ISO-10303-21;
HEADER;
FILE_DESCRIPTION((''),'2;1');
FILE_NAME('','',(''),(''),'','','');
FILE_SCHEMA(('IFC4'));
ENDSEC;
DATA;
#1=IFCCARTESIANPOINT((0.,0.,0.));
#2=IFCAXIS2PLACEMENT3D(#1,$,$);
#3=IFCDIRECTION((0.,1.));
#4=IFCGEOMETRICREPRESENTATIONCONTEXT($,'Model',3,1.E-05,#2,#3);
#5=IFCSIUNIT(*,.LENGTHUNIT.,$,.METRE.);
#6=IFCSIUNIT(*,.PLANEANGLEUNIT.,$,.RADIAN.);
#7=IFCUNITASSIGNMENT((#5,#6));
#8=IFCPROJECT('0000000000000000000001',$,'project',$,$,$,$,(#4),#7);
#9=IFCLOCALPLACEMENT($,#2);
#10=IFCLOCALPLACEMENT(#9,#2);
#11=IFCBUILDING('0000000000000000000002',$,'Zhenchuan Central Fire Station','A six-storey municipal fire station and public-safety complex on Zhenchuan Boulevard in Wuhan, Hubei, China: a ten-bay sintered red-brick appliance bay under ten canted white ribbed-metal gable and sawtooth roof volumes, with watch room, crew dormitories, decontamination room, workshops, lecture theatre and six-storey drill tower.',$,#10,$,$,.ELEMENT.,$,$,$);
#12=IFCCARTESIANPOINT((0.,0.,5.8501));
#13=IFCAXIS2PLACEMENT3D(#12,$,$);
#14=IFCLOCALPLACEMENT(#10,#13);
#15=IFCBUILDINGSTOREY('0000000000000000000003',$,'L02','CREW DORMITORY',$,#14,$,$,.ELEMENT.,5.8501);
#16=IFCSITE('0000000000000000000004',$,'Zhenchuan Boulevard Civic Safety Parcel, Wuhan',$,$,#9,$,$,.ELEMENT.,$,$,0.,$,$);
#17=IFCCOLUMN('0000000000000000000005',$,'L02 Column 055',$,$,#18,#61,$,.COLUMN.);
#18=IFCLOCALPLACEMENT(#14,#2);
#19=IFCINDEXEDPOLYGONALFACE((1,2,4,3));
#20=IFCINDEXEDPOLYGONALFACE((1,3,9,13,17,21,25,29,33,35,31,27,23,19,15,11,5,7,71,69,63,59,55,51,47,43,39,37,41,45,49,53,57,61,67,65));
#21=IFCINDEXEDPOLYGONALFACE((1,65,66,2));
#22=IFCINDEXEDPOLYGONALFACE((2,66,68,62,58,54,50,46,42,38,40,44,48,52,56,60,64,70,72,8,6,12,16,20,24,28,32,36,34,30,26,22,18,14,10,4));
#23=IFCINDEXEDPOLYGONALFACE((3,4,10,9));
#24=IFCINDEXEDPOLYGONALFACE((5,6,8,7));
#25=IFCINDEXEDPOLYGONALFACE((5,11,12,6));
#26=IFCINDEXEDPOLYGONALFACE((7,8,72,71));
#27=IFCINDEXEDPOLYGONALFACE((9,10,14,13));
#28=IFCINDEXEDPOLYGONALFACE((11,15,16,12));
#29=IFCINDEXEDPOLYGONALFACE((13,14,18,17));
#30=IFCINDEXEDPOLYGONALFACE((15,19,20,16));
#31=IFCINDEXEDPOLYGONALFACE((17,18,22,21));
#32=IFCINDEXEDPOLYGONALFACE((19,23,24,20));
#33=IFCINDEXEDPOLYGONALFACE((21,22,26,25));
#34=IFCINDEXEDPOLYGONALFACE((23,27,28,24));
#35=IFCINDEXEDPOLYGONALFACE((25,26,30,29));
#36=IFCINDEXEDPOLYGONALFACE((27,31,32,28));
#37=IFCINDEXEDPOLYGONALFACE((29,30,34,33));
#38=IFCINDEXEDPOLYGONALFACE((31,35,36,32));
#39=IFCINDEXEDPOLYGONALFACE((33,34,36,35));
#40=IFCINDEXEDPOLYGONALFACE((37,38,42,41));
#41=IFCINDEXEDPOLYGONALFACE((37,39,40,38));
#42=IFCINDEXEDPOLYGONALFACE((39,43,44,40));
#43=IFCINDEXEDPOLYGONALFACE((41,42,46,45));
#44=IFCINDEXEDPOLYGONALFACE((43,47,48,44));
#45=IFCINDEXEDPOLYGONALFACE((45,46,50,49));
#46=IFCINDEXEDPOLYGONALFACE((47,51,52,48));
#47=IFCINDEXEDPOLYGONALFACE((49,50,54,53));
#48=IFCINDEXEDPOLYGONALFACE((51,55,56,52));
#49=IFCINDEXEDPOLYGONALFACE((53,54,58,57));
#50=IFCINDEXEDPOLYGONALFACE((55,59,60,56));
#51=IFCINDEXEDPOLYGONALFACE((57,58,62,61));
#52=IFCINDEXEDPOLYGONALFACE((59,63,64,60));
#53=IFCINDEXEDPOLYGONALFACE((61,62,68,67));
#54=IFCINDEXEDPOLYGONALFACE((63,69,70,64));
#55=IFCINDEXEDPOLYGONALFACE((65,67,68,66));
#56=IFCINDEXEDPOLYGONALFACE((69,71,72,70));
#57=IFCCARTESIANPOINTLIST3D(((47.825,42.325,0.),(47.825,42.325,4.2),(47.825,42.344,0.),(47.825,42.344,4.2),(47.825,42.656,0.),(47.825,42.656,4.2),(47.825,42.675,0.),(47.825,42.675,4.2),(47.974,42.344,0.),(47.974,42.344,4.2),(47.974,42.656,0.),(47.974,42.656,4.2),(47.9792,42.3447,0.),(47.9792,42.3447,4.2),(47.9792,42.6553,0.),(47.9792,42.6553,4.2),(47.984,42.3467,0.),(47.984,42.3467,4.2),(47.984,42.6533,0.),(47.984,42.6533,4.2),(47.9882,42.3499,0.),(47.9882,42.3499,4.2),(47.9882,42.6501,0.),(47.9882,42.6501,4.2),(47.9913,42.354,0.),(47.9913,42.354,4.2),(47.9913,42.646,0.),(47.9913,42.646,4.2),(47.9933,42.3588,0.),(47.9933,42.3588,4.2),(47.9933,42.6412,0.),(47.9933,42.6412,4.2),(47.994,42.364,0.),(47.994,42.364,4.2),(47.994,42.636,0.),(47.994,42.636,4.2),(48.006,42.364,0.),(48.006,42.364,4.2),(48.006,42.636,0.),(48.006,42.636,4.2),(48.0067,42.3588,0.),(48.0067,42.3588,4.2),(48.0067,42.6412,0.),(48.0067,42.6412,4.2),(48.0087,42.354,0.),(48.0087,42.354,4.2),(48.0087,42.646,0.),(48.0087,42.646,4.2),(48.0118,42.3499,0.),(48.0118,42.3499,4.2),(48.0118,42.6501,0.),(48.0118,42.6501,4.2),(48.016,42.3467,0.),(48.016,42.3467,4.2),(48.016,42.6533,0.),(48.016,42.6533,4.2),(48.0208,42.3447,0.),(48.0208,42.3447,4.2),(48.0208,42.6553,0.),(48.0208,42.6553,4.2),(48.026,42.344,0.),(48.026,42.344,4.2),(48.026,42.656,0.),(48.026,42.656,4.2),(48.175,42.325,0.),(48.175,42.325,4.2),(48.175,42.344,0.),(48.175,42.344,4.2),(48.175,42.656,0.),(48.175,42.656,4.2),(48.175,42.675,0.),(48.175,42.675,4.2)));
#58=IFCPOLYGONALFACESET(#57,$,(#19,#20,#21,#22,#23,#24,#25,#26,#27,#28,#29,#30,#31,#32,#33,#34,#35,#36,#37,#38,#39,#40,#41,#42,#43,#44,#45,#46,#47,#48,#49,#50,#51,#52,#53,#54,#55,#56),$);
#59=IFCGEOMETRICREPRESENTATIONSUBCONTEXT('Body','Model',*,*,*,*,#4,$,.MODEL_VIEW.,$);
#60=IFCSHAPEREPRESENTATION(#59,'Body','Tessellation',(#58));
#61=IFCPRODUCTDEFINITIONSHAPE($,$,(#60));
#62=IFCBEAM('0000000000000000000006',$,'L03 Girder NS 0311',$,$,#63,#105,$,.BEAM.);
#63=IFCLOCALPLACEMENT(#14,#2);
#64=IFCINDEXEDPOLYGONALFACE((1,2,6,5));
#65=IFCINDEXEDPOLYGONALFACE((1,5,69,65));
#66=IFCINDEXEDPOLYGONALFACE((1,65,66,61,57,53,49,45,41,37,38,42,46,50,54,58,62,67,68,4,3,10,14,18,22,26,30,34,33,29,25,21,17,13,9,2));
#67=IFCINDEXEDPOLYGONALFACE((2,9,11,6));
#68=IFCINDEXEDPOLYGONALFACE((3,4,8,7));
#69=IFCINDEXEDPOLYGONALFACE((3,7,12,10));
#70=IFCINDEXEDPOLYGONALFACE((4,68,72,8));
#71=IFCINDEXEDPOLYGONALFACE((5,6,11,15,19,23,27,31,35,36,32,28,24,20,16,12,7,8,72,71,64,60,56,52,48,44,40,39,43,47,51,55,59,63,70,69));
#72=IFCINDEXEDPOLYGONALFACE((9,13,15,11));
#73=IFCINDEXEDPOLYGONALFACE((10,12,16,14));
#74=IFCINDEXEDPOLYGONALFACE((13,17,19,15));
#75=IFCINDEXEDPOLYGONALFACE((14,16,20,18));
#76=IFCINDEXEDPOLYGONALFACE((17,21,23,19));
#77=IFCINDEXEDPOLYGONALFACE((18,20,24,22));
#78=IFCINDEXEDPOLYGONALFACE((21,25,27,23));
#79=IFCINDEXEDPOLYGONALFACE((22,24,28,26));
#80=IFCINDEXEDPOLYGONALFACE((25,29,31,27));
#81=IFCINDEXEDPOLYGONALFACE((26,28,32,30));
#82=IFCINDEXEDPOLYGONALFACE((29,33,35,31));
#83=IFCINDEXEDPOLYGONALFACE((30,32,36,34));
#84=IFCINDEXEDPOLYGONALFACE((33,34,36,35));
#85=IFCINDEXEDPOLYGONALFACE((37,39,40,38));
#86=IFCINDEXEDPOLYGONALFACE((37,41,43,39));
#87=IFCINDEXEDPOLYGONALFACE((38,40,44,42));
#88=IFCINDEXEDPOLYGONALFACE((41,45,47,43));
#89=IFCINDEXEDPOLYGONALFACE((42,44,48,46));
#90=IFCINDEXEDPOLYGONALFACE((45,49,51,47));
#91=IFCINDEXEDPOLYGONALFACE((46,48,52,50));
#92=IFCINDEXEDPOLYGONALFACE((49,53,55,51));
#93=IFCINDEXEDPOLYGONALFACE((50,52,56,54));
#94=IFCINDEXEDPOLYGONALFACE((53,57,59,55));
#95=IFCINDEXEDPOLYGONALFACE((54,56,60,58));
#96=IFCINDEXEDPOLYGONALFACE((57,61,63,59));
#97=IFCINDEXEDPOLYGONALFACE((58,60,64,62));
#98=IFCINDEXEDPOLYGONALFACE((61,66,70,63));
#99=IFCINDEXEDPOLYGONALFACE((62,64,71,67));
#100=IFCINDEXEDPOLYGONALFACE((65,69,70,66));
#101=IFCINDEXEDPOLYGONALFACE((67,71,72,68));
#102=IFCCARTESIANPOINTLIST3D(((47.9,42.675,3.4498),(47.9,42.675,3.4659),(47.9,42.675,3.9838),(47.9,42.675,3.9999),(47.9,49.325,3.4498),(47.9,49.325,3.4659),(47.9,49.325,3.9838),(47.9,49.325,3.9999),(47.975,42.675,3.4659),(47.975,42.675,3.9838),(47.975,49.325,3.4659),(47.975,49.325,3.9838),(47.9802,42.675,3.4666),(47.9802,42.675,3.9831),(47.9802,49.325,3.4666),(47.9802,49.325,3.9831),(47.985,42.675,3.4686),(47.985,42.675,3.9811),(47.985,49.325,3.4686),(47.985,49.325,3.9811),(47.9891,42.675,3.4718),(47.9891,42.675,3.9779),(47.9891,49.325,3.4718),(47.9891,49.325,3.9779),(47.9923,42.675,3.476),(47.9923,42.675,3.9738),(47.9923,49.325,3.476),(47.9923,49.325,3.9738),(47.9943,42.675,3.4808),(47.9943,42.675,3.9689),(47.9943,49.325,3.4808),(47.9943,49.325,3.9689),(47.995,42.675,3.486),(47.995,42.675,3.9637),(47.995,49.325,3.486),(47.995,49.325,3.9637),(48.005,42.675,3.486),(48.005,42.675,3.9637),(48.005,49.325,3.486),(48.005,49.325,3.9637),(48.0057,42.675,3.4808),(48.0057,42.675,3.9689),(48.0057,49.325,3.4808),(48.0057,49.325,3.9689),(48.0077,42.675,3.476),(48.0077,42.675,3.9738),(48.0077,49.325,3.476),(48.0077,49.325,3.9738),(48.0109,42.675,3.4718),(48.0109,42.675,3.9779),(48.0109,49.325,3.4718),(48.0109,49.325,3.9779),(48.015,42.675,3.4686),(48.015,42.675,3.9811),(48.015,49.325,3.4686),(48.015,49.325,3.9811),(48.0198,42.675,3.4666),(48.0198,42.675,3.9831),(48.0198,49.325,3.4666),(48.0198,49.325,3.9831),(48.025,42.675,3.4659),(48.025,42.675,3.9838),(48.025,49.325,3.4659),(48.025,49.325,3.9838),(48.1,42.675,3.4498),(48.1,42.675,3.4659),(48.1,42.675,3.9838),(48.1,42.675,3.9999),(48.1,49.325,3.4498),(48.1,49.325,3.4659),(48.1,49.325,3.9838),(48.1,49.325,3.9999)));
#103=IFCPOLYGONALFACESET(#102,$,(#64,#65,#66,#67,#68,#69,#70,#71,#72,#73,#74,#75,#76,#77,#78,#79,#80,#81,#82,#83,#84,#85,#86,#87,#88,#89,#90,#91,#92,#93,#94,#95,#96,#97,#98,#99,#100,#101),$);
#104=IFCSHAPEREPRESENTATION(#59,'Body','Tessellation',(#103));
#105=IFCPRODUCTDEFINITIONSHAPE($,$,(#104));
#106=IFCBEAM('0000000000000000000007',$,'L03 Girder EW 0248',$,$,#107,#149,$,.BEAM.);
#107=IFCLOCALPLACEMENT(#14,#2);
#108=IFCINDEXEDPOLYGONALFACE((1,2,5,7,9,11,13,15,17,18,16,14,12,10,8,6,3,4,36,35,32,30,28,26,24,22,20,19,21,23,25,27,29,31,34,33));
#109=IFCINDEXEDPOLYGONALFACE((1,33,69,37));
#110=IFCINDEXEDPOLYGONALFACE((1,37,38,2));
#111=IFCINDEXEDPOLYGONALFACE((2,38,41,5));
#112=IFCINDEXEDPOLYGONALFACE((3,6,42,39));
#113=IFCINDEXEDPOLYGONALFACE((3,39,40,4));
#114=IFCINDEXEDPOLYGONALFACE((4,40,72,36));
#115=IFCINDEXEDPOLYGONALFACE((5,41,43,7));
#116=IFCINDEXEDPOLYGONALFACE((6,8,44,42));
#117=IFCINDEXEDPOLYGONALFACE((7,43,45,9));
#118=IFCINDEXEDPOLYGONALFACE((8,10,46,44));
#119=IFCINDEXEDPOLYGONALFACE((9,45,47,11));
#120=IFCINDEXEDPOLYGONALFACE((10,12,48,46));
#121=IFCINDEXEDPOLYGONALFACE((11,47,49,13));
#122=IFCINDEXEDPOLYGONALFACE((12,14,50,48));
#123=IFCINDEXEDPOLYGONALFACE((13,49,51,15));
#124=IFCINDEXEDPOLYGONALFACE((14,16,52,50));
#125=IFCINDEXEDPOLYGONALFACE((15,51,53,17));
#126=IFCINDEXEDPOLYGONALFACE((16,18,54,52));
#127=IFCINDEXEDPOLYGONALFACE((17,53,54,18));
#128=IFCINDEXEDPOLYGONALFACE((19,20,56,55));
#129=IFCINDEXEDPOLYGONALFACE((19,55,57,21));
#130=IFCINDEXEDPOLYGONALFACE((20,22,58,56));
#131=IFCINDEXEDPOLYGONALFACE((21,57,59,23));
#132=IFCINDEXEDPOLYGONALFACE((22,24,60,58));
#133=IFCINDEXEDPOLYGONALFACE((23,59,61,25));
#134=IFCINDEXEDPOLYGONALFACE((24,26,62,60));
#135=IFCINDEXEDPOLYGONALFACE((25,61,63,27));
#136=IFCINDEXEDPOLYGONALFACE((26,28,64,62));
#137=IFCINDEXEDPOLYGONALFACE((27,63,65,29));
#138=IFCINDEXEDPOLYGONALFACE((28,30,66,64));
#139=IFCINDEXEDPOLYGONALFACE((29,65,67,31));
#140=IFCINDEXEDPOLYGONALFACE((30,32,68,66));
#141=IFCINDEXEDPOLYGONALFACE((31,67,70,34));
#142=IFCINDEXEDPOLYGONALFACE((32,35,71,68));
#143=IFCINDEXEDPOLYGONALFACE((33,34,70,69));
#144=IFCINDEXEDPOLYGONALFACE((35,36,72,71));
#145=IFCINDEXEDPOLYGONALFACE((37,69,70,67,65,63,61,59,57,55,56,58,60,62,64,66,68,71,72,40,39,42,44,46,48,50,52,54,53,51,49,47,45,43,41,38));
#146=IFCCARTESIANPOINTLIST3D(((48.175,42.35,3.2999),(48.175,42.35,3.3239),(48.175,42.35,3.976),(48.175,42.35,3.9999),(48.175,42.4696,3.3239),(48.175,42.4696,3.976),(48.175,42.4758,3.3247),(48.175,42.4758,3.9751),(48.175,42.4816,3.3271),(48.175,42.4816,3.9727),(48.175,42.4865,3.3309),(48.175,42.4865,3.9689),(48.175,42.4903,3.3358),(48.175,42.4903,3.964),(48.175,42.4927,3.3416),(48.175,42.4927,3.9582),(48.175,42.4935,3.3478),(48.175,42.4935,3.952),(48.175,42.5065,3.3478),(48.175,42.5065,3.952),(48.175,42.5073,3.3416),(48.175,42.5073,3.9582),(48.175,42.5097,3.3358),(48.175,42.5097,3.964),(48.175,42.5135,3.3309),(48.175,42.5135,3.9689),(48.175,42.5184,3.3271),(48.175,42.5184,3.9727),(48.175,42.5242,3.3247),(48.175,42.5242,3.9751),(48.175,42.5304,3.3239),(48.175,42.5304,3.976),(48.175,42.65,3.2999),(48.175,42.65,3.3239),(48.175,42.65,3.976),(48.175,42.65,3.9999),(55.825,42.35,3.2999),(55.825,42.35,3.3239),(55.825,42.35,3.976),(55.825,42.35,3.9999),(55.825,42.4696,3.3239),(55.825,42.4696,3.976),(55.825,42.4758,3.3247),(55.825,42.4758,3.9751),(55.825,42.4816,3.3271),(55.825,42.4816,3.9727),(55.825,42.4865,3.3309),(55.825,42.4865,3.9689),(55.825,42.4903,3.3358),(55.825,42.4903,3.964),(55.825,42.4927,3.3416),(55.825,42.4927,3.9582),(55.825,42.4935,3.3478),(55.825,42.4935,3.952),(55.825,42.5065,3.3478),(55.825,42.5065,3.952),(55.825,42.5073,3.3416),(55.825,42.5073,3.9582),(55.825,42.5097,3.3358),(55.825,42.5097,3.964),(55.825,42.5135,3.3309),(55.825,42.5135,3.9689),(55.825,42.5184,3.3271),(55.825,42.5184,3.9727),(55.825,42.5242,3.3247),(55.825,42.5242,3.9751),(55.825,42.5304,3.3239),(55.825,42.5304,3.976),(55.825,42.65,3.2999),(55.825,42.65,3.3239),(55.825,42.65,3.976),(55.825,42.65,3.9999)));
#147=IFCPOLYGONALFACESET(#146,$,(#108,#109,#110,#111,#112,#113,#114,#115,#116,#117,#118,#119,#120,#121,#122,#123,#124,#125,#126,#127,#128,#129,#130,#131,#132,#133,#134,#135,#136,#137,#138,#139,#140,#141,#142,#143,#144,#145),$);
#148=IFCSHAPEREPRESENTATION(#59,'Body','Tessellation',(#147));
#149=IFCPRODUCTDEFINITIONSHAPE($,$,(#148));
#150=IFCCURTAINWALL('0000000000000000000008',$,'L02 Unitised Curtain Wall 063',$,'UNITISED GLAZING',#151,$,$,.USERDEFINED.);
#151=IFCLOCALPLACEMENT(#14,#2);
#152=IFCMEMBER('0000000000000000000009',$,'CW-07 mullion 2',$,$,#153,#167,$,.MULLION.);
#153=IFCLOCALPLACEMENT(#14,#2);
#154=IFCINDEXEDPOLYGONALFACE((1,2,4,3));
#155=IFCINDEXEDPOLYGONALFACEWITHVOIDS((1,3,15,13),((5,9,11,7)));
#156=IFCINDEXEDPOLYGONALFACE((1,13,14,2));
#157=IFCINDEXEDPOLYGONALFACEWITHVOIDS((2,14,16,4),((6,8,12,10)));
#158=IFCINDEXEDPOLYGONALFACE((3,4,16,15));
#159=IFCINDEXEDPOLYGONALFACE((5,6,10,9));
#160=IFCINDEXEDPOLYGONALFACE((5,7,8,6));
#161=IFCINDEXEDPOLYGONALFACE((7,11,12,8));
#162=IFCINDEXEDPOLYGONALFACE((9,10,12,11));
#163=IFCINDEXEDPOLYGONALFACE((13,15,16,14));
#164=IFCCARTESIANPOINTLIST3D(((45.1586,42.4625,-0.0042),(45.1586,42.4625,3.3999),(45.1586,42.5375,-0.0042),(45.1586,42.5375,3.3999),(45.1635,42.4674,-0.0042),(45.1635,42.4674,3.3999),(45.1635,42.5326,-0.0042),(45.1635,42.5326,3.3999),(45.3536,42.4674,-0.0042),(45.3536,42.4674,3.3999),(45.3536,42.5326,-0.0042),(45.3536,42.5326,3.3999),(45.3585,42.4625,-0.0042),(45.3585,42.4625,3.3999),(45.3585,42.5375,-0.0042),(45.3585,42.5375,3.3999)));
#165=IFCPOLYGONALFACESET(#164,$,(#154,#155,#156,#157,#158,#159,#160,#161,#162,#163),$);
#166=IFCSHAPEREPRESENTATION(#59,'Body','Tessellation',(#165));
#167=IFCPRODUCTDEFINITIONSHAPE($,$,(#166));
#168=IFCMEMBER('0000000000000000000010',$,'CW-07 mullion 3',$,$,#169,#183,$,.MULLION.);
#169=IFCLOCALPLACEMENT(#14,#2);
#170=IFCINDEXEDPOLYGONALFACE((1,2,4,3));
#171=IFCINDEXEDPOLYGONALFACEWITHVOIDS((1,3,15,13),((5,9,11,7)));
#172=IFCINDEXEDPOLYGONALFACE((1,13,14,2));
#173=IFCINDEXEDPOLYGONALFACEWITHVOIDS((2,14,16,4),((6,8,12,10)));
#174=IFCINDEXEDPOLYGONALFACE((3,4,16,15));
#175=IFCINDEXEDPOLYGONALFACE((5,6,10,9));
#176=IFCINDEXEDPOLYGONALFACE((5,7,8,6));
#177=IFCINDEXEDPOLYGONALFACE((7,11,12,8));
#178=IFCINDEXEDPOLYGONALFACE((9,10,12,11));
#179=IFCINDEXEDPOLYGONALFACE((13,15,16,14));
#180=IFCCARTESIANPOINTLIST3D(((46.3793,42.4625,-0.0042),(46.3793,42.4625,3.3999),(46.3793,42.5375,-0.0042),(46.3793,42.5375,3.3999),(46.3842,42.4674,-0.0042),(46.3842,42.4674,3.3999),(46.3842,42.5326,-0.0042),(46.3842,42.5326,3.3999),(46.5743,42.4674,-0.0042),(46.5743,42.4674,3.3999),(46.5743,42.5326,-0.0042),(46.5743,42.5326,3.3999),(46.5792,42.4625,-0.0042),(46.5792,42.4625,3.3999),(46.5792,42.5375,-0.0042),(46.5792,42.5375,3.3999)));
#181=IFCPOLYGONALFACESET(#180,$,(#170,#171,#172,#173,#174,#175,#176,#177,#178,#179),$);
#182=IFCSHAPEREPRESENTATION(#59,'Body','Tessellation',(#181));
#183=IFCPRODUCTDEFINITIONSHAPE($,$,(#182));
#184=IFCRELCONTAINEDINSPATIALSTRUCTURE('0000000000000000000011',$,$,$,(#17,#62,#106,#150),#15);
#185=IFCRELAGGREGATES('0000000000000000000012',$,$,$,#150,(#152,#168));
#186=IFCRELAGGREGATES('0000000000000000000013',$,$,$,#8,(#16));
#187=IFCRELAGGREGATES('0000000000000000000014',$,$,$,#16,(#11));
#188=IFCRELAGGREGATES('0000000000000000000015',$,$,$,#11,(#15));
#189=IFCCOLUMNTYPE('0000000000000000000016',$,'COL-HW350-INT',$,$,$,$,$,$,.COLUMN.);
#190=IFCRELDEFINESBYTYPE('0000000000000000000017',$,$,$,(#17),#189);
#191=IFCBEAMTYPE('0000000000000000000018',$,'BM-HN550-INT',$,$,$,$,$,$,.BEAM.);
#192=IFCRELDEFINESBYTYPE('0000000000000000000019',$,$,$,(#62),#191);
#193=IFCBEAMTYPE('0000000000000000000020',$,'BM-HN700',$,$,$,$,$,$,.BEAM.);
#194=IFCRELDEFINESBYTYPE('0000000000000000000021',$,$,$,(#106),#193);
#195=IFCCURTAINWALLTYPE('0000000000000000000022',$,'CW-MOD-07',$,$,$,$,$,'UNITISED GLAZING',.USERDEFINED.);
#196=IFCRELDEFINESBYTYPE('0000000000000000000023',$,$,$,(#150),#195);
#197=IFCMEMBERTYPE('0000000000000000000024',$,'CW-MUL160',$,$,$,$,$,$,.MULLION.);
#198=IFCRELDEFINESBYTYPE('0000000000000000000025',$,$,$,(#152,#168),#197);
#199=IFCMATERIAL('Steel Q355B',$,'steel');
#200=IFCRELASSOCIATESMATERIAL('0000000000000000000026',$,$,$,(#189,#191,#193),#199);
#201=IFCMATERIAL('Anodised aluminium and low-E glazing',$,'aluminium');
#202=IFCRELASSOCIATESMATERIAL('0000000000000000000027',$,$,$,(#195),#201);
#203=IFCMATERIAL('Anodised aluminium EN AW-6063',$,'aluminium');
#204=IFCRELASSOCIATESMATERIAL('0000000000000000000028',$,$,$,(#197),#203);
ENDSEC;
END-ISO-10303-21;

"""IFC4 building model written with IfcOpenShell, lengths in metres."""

from ifc_helpers import new_model, si_unit, direction, frame, origin, origin_2d, place, context, subcontext, project, spatial, hollow_rectangle, i_section, extrude, material, material_profile, profile_set, type_object, element, aggregate, save


model = new_model("IFC4")

# Units and contexts
model_context = context("Model", 3, precision=1e-05, world=origin(), true_north=direction((0.0, 1.0)))
body_context = subcontext(model_context, "Body", "Model", "MODEL_VIEW")
ifc_project = project(units=[si_unit("LENGTHUNIT", "METRE"), si_unit("PLANEANGLEUNIT", "RADIAN")], contexts=[model_context])

# Site, building, storey
site_placement = place(None, origin())
site = spatial("IfcSite", under=ifc_project, at=site_placement, Name="Zhenchuan Boulevard Civic Safety Parcel, Wuhan", CompositionType="ELEMENT", RefElevation=0.0)
building_placement = place(site_placement, origin())
building = spatial("IfcBuilding", under=site, at=building_placement, Name="Zhenchuan Central Fire Station", Description="A six-storey municipal fire station and public-safety complex on Zhenchuan Boulevard in Wuhan, Hubei, China: a ten-bay sintered red-brick appliance bay under ten canted white ribbed-metal gable and sawtooth roof volumes, with watch room, crew dormitories, decontamination room, workshops, lecture theatre and six-storey drill tower.", CompositionType="ELEMENT")
storey_placement = place(building_placement, frame((0.0, 0.0, 5.8501)))
storey = spatial("IfcBuildingStorey", under=building, at=storey_placement, Name="L02", Description="CREW DORMITORY", CompositionType="ELEMENT", Elevation=5.8501)

# Column
ifc_material_1 = material(Name="Steel Q355B", Category="steel")
ifc_material_profile_1 = material_profile(ifc_material_1, i_section(OverallWidth=0.3501, OverallDepth=0.3501, WebThickness=0.012, FlangeThickness=0.019, FilletRadius=0.02, at=origin_2d()), Name="HW 350x350")
ifc_profile_set_1 = profile_set([ifc_material_profile_1], Name="Steel Q355B")
column_type = type_object("IfcColumnType", Name="COL-HW350-INT", PredefinedType="COLUMN", material=ifc_profile_set_1)
column_placement = place(storey_placement, frame((48.0, 42.5, 0.0), z_axis=(0.0, 0.0, 1.0), x_axis=(1.0, 0.0, 0.0)))
element("IfcColumn", 1, at=column_placement, inside=storey, type_object=column_type, Name="L02 Column 055", PredefinedType="COLUMN", context=body_context, shape_type="SweptSolid", body=[
    extrude(i_section(OverallWidth=0.3501, OverallDepth=0.3501, WebThickness=0.012, FlangeThickness=0.019, FilletRadius=0.02, at=origin_2d()), origin(), (0.0, 0.0, 1.0), 4.2),
])

# Beams
ifc_material_profile_2 = material_profile(ifc_material_1, i_section(OverallWidth=0.2, OverallDepth=0.55, WebThickness=0.01, FlangeThickness=0.0161, FilletRadius=0.02, at=origin_2d()), Name="HN 550x200")
ifc_profile_set_2 = profile_set([ifc_material_profile_2], Name="Steel Q355B")
beam_type_1 = type_object("IfcBeamType", Name="BM-HN550-INT", PredefinedType="BEAM", material=ifc_profile_set_2)
beam_1_placement = place(storey_placement, frame((48.0, 42.675, 3.7249), z_axis=(0.0, 1.0, 0.0), x_axis=(-1.0, 0.0, 0.0)))
element("IfcBeam", 2, at=beam_1_placement, inside=storey, type_object=beam_type_1, Name="L03 Girder NS 0311", PredefinedType="BEAM", context=body_context, shape_type="SweptSolid", body=[
    extrude(i_section(OverallWidth=0.2, OverallDepth=0.55, WebThickness=0.01, FlangeThickness=0.0161, FilletRadius=0.02, at=origin_2d()), origin(), (0.0, 0.0, 1.0), 6.6499),
])
ifc_material_profile_3 = material_profile(ifc_material_1, i_section(OverallWidth=0.3, OverallDepth=0.7, WebThickness=0.0129, FlangeThickness=0.0239, FilletRadius=0.0239, at=origin_2d()), Name="HN 700x300")
ifc_profile_set_3 = profile_set([ifc_material_profile_3], Name="Steel Q355B")
beam_type_2 = type_object("IfcBeamType", Name="BM-HN700", PredefinedType="BEAM", material=ifc_profile_set_3)
beam_2_placement = place(storey_placement, frame((48.175, 42.5, 3.6499), z_axis=(1.0, 0.0, 0.0), x_axis=(0.0, 1.0, 0.0)))
element("IfcBeam", 3, at=beam_2_placement, inside=storey, type_object=beam_type_2, Name="L03 Girder EW 0248", PredefinedType="BEAM", context=body_context, shape_type="SweptSolid", body=[
    extrude(i_section(OverallWidth=0.3, OverallDepth=0.7, WebThickness=0.0129, FlangeThickness=0.0239, FilletRadius=0.0239, at=origin_2d()), origin(), (0.0, 0.0, 1.0), 7.6499),
])

# Curtain wall, members
ifc_material_2 = material(Name="Anodised aluminium and low-E glazing", Category="aluminium")
curtain_wall_type = type_object("IfcCurtainWallType", Name="CW-MOD-07", ElementType="UNITISED GLAZING", PredefinedType="USERDEFINED", material=ifc_material_2)
curtain_wall_1_placement = place(storey_placement, origin())
curtain_wall_1 = element("IfcCurtainWall", 4, at=curtain_wall_1_placement, inside=storey, type_object=curtain_wall_type, Name="L02 Unitised Curtain Wall 063", ObjectType="UNITISED GLAZING", PredefinedType="USERDEFINED")
ifc_material_3 = material(Name="Anodised aluminium EN AW-6063", Category="aluminium")
ifc_material_profile_4 = material_profile(ifc_material_3, hollow_rectangle(XDim=0.075, YDim=0.2, WallThickness=0.0049, at=origin_2d()), Name="ALU-M 200x75")
ifc_profile_set_4 = profile_set([ifc_material_profile_4], Name="Anodised aluminium EN AW-6063")
member_type_1 = type_object("IfcMemberType", Name="CW-MUL160", PredefinedType="MULLION", material=ifc_profile_set_4)
member_1_placement = place(storey_placement, frame((45.2585, 42.5, -0.0042), z_axis=(0.0, 0.0, 1.0), x_axis=(0.0, 1.0, 0.0)))
member_1 = element("IfcMember", 5, at=member_1_placement, type_object=member_type_1, Name="CW-07 mullion 2", PredefinedType="MULLION", context=body_context, shape_type="SweptSolid", body=[
    extrude(hollow_rectangle(XDim=0.075, YDim=0.2, WallThickness=0.0049, at=origin_2d()), origin(), (0.0, 0.0, 1.0), 3.4041),
])
member_2_placement = place(storey_placement, frame((46.4792, 42.5, -0.0042), z_axis=(0.0, 0.0, 1.0), x_axis=(0.0, 1.0, 0.0)))
member_2 = element("IfcMember", 6, at=member_2_placement, type_object=member_type_1, Name="CW-07 mullion 3", PredefinedType="MULLION", context=body_context, shape_type="SweptSolid", body=[
    extrude(hollow_rectangle(XDim=0.075, YDim=0.2, WallThickness=0.0049, at=origin_2d()), origin(), (0.0, 0.0, 1.0), 3.4041),
])

aggregate(curtain_wall_1, [member_1, member_2])

save(model, "model.ifc")
